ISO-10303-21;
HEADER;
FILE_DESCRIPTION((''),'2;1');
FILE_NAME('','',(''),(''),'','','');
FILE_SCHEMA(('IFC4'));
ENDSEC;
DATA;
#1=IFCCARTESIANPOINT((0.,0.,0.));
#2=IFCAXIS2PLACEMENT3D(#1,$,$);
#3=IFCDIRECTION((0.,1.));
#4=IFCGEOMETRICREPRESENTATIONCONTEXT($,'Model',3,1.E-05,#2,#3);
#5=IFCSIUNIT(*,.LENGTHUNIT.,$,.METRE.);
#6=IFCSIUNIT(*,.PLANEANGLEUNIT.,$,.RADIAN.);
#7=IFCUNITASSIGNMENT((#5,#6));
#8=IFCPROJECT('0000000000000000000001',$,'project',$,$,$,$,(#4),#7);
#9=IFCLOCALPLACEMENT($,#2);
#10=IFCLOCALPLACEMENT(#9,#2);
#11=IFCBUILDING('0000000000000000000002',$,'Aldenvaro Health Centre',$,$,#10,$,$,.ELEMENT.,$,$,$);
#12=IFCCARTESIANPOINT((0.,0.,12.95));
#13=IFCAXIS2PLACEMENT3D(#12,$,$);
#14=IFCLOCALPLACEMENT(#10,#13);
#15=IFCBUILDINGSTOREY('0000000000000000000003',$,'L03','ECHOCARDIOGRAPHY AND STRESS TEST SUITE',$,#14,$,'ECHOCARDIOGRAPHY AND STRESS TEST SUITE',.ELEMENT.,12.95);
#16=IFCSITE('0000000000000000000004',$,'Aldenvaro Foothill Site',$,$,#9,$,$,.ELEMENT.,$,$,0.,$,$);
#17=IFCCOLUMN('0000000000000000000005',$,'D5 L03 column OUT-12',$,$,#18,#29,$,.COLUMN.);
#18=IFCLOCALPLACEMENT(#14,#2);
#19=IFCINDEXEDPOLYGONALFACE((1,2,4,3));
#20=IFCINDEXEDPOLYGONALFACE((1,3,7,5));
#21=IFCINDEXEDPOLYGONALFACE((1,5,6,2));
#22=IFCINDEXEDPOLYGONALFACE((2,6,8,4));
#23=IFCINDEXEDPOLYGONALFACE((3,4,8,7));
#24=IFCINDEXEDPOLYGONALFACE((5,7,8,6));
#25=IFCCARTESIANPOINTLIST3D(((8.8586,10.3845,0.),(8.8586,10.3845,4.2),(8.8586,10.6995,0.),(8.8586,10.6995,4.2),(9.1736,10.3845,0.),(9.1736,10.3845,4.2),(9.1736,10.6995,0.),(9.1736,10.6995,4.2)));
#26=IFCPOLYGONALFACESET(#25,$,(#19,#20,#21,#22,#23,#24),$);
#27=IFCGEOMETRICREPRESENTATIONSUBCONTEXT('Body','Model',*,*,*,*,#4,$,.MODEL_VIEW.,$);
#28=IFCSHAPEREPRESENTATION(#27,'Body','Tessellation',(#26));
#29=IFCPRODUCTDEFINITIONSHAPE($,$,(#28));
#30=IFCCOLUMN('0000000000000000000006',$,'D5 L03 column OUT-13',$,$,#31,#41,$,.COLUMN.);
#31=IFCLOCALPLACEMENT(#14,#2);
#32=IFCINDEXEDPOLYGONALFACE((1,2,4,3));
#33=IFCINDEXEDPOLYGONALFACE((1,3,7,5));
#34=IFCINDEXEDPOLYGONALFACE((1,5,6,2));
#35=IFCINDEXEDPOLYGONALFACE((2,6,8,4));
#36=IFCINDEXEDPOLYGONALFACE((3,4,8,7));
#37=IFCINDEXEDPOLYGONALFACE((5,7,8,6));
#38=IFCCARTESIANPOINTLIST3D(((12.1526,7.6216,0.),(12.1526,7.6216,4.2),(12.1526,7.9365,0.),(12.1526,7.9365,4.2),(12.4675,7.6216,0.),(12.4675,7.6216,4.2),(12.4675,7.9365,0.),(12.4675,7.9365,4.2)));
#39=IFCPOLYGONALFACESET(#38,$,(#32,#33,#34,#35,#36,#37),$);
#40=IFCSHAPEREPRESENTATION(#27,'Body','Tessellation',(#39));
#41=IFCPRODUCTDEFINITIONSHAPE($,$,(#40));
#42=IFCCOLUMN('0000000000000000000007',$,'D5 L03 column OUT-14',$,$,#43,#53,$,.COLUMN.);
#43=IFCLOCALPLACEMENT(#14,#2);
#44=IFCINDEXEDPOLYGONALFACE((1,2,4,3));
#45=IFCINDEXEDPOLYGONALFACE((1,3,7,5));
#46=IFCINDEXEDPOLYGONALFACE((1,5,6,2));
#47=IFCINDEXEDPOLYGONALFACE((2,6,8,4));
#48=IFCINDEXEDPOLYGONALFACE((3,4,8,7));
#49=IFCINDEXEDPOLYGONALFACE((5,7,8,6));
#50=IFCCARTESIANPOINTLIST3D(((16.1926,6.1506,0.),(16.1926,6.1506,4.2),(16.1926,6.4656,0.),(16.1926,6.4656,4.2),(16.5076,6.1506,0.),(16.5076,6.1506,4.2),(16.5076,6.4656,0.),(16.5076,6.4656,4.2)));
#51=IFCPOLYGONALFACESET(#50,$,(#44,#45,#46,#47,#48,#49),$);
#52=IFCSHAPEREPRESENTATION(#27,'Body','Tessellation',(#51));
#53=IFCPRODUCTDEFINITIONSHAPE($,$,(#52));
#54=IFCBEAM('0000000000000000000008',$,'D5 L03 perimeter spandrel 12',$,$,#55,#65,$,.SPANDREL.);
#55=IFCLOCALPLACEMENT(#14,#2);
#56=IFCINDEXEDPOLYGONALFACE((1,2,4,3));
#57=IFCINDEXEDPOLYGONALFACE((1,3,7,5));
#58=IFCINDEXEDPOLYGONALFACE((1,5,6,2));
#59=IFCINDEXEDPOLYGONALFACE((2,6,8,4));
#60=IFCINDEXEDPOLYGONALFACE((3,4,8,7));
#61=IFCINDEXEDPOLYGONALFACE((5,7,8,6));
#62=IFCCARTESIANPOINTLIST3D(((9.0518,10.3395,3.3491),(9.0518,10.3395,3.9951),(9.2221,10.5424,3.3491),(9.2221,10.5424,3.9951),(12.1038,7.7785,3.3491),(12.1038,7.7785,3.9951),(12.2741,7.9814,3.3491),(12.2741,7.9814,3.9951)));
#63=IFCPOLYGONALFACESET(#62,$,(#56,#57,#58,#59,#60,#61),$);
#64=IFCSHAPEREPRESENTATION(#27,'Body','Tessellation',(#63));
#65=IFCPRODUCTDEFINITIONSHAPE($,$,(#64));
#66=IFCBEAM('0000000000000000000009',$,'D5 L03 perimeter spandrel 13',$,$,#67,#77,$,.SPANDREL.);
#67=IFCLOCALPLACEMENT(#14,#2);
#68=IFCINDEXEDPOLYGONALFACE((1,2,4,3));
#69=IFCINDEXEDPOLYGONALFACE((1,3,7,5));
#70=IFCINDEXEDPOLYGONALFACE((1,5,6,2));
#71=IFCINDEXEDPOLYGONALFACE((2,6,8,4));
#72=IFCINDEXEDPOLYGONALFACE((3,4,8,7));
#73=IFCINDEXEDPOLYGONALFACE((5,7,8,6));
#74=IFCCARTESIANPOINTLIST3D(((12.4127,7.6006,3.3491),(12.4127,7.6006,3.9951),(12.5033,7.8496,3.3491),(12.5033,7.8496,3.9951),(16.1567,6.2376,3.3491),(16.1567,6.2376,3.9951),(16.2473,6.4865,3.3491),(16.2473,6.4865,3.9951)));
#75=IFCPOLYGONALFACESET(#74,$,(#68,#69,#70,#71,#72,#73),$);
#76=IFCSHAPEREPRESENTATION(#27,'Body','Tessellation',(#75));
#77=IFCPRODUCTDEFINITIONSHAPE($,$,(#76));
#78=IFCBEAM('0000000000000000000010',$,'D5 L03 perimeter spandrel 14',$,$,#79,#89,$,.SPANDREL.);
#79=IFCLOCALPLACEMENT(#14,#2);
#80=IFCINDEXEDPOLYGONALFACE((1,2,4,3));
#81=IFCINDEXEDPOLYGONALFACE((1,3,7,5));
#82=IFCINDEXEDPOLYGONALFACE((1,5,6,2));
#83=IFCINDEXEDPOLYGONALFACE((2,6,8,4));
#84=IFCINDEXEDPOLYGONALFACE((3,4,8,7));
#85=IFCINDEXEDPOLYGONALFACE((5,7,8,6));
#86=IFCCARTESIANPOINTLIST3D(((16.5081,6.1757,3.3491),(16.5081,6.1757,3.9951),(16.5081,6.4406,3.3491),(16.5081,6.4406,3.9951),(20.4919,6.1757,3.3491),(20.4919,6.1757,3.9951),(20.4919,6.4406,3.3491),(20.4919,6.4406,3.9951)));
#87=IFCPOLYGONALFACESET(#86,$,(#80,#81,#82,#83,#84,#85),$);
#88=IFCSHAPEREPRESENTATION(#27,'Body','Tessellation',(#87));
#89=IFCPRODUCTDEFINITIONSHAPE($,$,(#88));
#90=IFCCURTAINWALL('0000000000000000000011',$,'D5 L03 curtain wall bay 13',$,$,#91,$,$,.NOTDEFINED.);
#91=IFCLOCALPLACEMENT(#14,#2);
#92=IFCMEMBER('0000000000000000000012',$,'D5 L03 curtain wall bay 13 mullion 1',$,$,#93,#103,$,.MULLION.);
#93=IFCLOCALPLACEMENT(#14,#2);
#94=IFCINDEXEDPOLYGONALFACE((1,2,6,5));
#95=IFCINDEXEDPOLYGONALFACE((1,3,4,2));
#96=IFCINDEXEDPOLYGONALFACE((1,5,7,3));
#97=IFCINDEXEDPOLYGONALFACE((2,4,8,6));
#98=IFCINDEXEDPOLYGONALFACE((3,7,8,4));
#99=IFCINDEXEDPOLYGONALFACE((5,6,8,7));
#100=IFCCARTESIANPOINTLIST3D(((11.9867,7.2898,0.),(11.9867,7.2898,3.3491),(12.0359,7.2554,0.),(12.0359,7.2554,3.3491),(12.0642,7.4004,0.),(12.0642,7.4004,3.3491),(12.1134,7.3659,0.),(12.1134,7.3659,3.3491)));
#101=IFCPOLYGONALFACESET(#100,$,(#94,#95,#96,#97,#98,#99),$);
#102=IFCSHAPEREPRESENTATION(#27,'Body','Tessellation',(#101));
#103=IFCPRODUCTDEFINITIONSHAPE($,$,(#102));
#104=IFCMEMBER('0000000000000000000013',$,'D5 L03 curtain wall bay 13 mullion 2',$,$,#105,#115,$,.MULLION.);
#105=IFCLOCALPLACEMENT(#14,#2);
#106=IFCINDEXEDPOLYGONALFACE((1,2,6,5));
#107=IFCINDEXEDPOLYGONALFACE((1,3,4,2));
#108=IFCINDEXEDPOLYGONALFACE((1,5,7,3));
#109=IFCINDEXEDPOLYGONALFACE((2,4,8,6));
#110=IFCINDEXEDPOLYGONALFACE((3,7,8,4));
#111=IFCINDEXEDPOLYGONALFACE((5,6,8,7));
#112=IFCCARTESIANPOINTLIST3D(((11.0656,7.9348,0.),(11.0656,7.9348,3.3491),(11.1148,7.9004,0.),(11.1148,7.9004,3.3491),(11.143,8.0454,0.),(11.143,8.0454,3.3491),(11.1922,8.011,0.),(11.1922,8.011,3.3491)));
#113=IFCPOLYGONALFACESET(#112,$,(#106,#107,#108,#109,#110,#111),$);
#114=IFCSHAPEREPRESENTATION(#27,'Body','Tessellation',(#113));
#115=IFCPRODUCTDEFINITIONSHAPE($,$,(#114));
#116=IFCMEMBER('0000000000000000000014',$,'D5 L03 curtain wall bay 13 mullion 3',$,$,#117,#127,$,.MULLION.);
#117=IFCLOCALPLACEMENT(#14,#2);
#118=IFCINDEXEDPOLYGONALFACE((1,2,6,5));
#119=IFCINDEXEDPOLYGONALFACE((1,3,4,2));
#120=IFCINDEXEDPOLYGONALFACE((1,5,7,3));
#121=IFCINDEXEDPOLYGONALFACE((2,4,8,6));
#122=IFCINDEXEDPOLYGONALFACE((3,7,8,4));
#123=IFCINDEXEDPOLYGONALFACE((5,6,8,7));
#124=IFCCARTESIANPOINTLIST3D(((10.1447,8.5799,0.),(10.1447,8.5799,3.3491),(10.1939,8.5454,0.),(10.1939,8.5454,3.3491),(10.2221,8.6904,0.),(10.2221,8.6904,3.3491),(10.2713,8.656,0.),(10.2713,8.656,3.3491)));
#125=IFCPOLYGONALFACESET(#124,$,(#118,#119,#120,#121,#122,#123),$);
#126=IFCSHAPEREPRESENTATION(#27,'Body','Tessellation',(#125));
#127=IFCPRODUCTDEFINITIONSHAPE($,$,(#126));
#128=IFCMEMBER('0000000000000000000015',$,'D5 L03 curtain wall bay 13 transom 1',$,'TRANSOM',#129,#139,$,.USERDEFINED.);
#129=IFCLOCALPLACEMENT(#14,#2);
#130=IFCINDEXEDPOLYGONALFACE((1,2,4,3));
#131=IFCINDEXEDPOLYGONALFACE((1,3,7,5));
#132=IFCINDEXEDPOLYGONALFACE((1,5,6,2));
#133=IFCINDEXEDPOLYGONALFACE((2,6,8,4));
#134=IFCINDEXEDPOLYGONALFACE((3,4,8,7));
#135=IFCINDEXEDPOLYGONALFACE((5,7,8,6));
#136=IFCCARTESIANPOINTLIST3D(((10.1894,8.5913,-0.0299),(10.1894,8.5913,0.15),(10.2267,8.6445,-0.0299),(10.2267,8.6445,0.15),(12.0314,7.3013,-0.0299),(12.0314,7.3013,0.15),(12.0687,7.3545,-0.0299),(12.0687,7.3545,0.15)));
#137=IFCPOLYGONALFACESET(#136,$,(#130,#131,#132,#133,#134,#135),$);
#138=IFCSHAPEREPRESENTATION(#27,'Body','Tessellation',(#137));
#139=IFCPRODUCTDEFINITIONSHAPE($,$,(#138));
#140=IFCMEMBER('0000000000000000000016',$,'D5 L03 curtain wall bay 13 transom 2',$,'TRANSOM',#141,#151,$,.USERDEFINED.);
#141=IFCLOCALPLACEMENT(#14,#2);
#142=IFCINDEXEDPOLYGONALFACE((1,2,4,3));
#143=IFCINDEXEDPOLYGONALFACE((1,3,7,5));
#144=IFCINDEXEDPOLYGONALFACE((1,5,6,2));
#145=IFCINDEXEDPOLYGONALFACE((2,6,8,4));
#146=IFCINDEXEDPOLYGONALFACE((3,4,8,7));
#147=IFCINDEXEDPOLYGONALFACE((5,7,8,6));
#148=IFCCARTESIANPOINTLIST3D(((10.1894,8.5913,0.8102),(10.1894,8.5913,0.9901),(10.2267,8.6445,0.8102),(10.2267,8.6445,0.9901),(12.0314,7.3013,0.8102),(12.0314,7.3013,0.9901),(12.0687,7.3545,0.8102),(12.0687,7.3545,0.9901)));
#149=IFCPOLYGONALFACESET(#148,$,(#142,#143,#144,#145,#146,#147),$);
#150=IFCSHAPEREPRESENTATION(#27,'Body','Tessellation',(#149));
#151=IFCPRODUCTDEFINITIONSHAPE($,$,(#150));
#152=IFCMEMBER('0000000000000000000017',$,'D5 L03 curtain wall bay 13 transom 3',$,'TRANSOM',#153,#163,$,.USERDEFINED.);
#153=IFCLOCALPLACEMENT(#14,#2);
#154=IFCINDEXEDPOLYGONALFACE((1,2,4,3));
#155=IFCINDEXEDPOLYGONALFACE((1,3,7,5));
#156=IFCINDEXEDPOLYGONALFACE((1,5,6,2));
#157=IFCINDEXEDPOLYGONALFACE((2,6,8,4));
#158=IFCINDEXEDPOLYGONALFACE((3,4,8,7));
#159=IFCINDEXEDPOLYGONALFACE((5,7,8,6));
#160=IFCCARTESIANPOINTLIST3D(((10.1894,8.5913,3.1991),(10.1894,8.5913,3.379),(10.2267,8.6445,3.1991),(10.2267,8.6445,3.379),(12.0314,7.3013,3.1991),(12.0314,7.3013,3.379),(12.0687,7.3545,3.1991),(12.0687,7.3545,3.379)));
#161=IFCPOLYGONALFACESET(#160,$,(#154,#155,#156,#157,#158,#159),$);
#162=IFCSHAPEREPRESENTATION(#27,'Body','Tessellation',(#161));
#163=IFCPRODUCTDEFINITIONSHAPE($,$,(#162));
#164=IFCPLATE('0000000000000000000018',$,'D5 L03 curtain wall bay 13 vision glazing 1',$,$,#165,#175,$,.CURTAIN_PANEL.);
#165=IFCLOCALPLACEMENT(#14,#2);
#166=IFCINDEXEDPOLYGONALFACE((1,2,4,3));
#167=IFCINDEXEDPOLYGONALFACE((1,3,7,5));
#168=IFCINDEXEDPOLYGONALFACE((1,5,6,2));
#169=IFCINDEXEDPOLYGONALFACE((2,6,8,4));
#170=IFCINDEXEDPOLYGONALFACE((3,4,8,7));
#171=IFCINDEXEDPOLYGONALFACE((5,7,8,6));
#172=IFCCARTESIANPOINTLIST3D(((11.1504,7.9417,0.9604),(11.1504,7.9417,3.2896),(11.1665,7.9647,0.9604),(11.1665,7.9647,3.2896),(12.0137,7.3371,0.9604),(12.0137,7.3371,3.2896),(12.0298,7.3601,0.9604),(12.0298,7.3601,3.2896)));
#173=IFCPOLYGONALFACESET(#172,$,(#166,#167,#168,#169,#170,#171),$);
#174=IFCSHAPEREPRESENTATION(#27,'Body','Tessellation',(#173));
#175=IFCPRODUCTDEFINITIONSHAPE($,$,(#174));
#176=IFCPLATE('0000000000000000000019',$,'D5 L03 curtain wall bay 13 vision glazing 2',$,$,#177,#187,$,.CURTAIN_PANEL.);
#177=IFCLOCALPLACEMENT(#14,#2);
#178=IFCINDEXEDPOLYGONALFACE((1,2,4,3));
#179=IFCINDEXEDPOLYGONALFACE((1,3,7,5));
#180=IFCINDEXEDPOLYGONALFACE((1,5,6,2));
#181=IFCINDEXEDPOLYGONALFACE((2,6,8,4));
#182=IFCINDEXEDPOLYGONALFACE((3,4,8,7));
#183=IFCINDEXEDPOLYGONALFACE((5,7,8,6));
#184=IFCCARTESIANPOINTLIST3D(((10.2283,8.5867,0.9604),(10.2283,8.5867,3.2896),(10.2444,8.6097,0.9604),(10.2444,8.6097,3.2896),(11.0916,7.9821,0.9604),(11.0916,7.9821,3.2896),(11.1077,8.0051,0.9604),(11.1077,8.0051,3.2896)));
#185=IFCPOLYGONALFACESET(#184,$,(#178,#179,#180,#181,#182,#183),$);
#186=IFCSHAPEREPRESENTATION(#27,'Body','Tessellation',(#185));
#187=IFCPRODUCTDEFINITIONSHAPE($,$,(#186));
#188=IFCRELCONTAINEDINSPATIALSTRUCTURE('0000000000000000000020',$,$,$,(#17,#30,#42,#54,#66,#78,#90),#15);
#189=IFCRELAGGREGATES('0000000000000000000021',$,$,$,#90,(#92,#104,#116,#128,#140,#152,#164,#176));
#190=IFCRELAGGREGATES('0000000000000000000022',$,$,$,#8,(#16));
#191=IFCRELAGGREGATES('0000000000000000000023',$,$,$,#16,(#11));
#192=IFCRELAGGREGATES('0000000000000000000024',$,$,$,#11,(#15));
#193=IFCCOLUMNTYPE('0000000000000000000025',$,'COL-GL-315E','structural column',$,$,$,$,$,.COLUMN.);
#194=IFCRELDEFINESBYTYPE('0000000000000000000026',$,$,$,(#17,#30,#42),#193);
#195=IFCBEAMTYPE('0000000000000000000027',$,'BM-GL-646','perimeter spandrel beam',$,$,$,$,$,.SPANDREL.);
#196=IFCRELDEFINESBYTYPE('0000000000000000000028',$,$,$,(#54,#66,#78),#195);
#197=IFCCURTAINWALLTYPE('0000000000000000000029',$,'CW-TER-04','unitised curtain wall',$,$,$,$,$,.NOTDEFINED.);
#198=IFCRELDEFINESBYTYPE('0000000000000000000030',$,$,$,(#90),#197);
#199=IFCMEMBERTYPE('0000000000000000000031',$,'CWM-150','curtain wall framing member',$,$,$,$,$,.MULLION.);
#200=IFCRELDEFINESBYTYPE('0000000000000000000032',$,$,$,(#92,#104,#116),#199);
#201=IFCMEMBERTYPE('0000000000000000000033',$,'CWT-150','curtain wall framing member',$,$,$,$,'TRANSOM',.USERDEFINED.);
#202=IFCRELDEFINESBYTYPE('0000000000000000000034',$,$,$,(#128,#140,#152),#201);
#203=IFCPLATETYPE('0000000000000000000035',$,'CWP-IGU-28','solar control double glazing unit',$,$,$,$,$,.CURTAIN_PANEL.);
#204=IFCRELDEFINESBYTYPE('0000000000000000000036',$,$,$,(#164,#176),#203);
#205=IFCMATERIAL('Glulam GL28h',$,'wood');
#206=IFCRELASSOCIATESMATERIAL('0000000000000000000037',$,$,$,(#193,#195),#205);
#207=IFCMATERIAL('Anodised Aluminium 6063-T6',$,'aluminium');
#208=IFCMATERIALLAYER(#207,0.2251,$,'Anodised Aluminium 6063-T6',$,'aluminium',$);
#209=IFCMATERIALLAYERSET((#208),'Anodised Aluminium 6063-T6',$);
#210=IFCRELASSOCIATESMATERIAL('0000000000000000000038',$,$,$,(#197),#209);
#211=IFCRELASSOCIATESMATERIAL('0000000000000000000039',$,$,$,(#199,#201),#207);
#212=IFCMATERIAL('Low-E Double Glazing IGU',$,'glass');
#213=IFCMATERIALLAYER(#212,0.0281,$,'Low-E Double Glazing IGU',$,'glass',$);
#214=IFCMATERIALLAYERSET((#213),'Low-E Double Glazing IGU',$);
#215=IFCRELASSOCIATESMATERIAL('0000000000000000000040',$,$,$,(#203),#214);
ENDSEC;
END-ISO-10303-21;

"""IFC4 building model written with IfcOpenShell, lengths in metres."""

from ifc_helpers import new_model, si_unit, direction, frame, origin, origin_2d, place, context, subcontext, project, spatial, rectangle, extrude, material, layer, layer_set, material_profile, profile_set, type_object, element, aggregate, save


model = new_model("IFC4")

# Units and contexts
model_context = context("Model", 3, precision=1e-05, world=origin(), true_north=direction((0.0, 1.0)))
body_context = subcontext(model_context, "Body", "Model", "MODEL_VIEW")
ifc_project = project(units=[si_unit("LENGTHUNIT", "METRE"), si_unit("PLANEANGLEUNIT", "RADIAN")], contexts=[model_context])

# Site, building, storey
site_placement = place(None, origin())
site = spatial("IfcSite", under=ifc_project, at=site_placement, Name="Aldenvaro Foothill Site", CompositionType="ELEMENT", RefElevation=0.0)
building_placement = place(site_placement, origin())
building = spatial("IfcBuilding", under=site, at=building_placement, Name="Aldenvaro Health Centre", CompositionType="ELEMENT")
storey_placement = place(building_placement, frame((0.0, 0.0, 12.95)))
storey = spatial("IfcBuildingStorey", under=building, at=storey_placement, Name="L03", Description="ECHOCARDIOGRAPHY AND STRESS TEST SUITE", LongName="ECHOCARDIOGRAPHY AND STRESS TEST SUITE", CompositionType="ELEMENT", Elevation=12.95)

# Columns
ifc_material_1 = material(Name="Glulam GL28h", Category="wood")
ifc_material_profile_1 = material_profile(ifc_material_1, rectangle(XDim=0.3149, YDim=0.3149, at=origin_2d()), Name="GL 315x315", Category="wood")
ifc_profile_set_1 = profile_set([ifc_material_profile_1], Name="Glulam GL28h")
column_type = type_object("IfcColumnType", Name="COL-GL-315E", Description="structural column", PredefinedType="COLUMN", material=ifc_profile_set_1)
for number, where, z_axis, x_axis, name in (
    (1, (9.0161, 10.542, 0.0), (0.0, 0.0, 1.0), (1.0, 0.0, 0.0), "D5 L03 column OUT-12"),
    (2, (12.3101, 7.7791, 0.0), (0.0, 0.0, 1.0), (1.0, 0.0, 0.0), "D5 L03 column OUT-13"),
    (3, (16.3501, 6.3081, 0.0), (0.0, 0.0, 1.0), (1.0, 0.0, 0.0), "D5 L03 column OUT-14"),
):
    element("IfcColumn", number, at=place(storey_placement, frame(where, z_axis=z_axis, x_axis=x_axis)), inside=storey, type_object=column_type, Name=name, PredefinedType="COLUMN", context=body_context, shape_type="SweptSolid", body=[
        extrude(rectangle(XDim=0.3149, YDim=0.3149, at=origin_2d()), origin(), (0.0, 0.0, 1.0), 4.2),
    ])

# Beams
ifc_material_profile_2 = material_profile(ifc_material_1, rectangle(XDim=0.2649, YDim=0.646, at=origin_2d()), Name="GL 265x646", Category="wood")
ifc_profile_set_2 = profile_set([ifc_material_profile_2], Name="Glulam GL28h")
beam_type = type_object("IfcBeamType", Name="BM-GL-646", Description="perimeter spandrel beam", PredefinedType="SPANDREL", material=ifc_profile_set_2)
beam_1_placement = place(storey_placement, frame((9.137, 10.4409, 3.6721), z_axis=(0.766032, -0.642803, 0.0), x_axis=(0.642803, 0.766032, 0.0)))
element("IfcBeam", 4, at=beam_1_placement, inside=storey, type_object=beam_type, Name="D5 L03 perimeter spandrel 12", PredefinedType="SPANDREL", context=body_context, shape_type="SweptSolid", body=[
    extrude(rectangle(XDim=0.2649, YDim=0.646, at=origin_2d()), origin(), (0.0, 0.0, 1.0), 3.9841),
])
beam_2_placement = place(storey_placement, frame((12.458, 7.7251, 3.6721), z_axis=(0.939663, -0.342102, 0.0), x_axis=(0.342102, 0.939663, 0.0)))
element("IfcBeam", 5, at=beam_2_placement, inside=storey, type_object=beam_type, Name="D5 L03 perimeter spandrel 13", PredefinedType="SPANDREL", context=body_context, shape_type="SweptSolid", body=[
    extrude(rectangle(XDim=0.2649, YDim=0.646, at=origin_2d()), origin(), (0.0, 0.0, 1.0), 3.9844),
])
beam_3_placement = place(storey_placement, frame((16.5081, 6.3081, 3.6721), z_axis=(1.0, 0.0, 0.0), x_axis=(0.0, 1.0, 0.0)))
element("IfcBeam", 6, at=beam_3_placement, inside=storey, type_object=beam_type, Name="D5 L03 perimeter spandrel 14", PredefinedType="SPANDREL", context=body_context, shape_type="SweptSolid", body=[
    extrude(rectangle(XDim=0.2649, YDim=0.646, at=origin_2d()), origin(), (0.0, 0.0, 1.0), 3.9839),
])

# Curtain wall, members, plates
ifc_material_2 = material(Name="Anodised Aluminium 6063-T6", Category="aluminium")
ifc_layer_1 = layer(ifc_material_2, 0.2251, Name="Anodised Aluminium 6063-T6", Category="aluminium")
ifc_layer_set_1 = layer_set([ifc_layer_1], Name="Anodised Aluminium 6063-T6")
curtain_wall_type = type_object("IfcCurtainWallType", Name="CW-TER-04", Description="unitised curtain wall", PredefinedType="NOTDEFINED", material=ifc_layer_set_1)
curtain_wall_placement = place(storey_placement, origin())
curtain_wall = element("IfcCurtainWall", 7, at=curtain_wall_placement, inside=storey, type_object=curtain_wall_type, Name="D5 L03 curtain wall bay 13", PredefinedType="NOTDEFINED")
ifc_material_profile_3 = material_profile(ifc_material_2, rectangle(XDim=0.0601, YDim=0.135, at=origin_2d()), Name="ALU 60x135", Category="aluminium")
ifc_profile_set_3 = profile_set([ifc_material_profile_3], Name="Anodised Aluminium 6063-T6")
member_type_1 = type_object("IfcMemberType", Name="CWM-150", Description="curtain wall framing member", PredefinedType="MULLION", material=ifc_profile_set_3)
member_1_placement = place(storey_placement, frame((12.05, 7.3279, 0.0), z_axis=(0.0, 0.0, 1.0), x_axis=(-0.819107, 0.573641, 0.0)))
member_1 = element("IfcMember", 8, at=member_1_placement, type_object=member_type_1, Name="D5 L03 curtain wall bay 13 mullion 1", PredefinedType="MULLION", context=body_context, shape_type="SweptSolid", body=[
    extrude(rectangle(XDim=0.0601, YDim=0.135, at=origin_2d()), origin(), (0.0, 0.0, 1.0), 3.3491),
])
member_2_placement = place(storey_placement, frame((11.1289, 7.9729, 0.0), z_axis=(0.0, 0.0, 1.0), x_axis=(-0.819107, 0.573641, 0.0)))
member_2 = element("IfcMember", 9, at=member_2_placement, type_object=member_type_1, Name="D5 L03 curtain wall bay 13 mullion 2", PredefinedType="MULLION", context=body_context, shape_type="SweptSolid", body=[
    extrude(rectangle(XDim=0.0601, YDim=0.135, at=origin_2d()), origin(), (0.0, 0.0, 1.0), 3.3491),
])
member_3_placement = place(storey_placement, frame((10.208, 8.6179, 0.0), z_axis=(0.0, 0.0, 1.0), x_axis=(-0.819107, 0.573641, 0.0)))
member_3 = element("IfcMember", 10, at=member_3_placement, type_object=member_type_1, Name="D5 L03 curtain wall bay 13 mullion 3", PredefinedType="MULLION", context=body_context, shape_type="SweptSolid", body=[
    extrude(rectangle(XDim=0.0601, YDim=0.135, at=origin_2d()), origin(), (0.0, 0.0, 1.0), 3.3491),
])
ifc_material_profile_4 = material_profile(ifc_material_2, rectangle(XDim=0.0649, YDim=0.1799, at=origin_2d()), Name="ALU 65x180", Category="aluminium")
ifc_profile_set_4 = profile_set([ifc_material_profile_4], Name="Anodised Aluminium 6063-T6")
member_type_2 = type_object("IfcMemberType", Name="CWT-150", Description="curtain wall framing member", ElementType="TRANSOM", PredefinedType="USERDEFINED", material=ifc_profile_set_4)
member_4_placement = place(storey_placement, frame((12.05, 7.3279, 0.0601), z_axis=(-0.819104, 0.573644, 0.0), x_axis=(-0.573644, -0.819104, 0.0)))
member_4 = element("IfcMember", 11, at=member_4_placement, type_object=member_type_2, Name="D5 L03 curtain wall bay 13 transom 1", ObjectType="TRANSOM", PredefinedType="USERDEFINED", context=body_context, shape_type="SweptSolid", body=[
    extrude(rectangle(XDim=0.0649, YDim=0.1799, at=origin_2d()), origin(), (0.0, 0.0, 1.0), 2.2488),
])
member_5_placement = place(storey_placement, frame((12.05, 7.3279, 0.9001), z_axis=(-0.819104, 0.573644, 0.0), x_axis=(-0.573644, -0.819104, 0.0)))
member_5 = element("IfcMember", 12, at=member_5_placement, type_object=member_type_2, Name="D5 L03 curtain wall bay 13 transom 2", ObjectType="TRANSOM", PredefinedType="USERDEFINED", context=body_context, shape_type="SweptSolid", body=[
    extrude(rectangle(XDim=0.0649, YDim=0.1799, at=origin_2d()), origin(), (0.0, 0.0, 1.0), 2.2488),
])
member_6_placement = place(storey_placement, frame((12.05, 7.3279, 3.2891), z_axis=(-0.819104, 0.573644, 0.0), x_axis=(-0.573644, -0.819104, 0.0)))
member_6 = element("IfcMember", 13, at=member_6_placement, type_object=member_type_2, Name="D5 L03 curtain wall bay 13 transom 3", ObjectType="TRANSOM", PredefinedType="USERDEFINED", context=body_context, shape_type="SweptSolid", body=[
    extrude(rectangle(XDim=0.0649, YDim=0.1799, at=origin_2d()), origin(), (0.0, 0.0, 1.0), 2.2488),
])
ifc_material_3 = material(Name="Low-E Double Glazing IGU", Category="glass")
ifc_layer_2 = layer(ifc_material_3, 0.0281, Name="Low-E Double Glazing IGU", Category="glass")
ifc_layer_set_2 = layer_set([ifc_layer_2], Name="Low-E Double Glazing IGU")
plate_type_1 = type_object("IfcPlateType", Name="CWP-IGU-28", Description="solar control double glazing unit", PredefinedType="CURTAIN_PANEL", material=ifc_layer_set_2)
plate_1_placement = place(storey_placement, frame((11.5901, 7.6509, 0.9604), z_axis=(0.0, 0.0, 1.0), x_axis=(-0.819107, 0.573641, 0.0)))
plate_1 = element("IfcPlate", 14, at=plate_1_placement, type_object=plate_type_1, Name="D5 L03 curtain wall bay 13 vision glazing 1", PredefinedType="CURTAIN_PANEL", context=body_context, shape_type="SweptSolid", body=[
    extrude(rectangle(XDim=1.054, YDim=0.0281, at=origin_2d()), origin(), (0.0, 0.0, 1.0), 2.3291),
])
plate_2_placement = place(storey_placement, frame((10.668, 8.2959, 0.9604), z_axis=(0.0, 0.0, 1.0), x_axis=(-0.819107, 0.573641, 0.0)))
plate_2 = element("IfcPlate", 15, at=plate_2_placement, type_object=plate_type_1, Name="D5 L03 curtain wall bay 13 vision glazing 2", PredefinedType="CURTAIN_PANEL", context=body_context, shape_type="SweptSolid", body=[
    extrude(rectangle(XDim=1.054, YDim=0.0281, at=origin_2d()), origin(), (0.0, 0.0, 1.0), 2.3291),
])
aggregate(curtain_wall, [member_1, member_2, member_3, member_4, member_5, member_6, plate_1, plate_2])

save(model, "model.ifc")
